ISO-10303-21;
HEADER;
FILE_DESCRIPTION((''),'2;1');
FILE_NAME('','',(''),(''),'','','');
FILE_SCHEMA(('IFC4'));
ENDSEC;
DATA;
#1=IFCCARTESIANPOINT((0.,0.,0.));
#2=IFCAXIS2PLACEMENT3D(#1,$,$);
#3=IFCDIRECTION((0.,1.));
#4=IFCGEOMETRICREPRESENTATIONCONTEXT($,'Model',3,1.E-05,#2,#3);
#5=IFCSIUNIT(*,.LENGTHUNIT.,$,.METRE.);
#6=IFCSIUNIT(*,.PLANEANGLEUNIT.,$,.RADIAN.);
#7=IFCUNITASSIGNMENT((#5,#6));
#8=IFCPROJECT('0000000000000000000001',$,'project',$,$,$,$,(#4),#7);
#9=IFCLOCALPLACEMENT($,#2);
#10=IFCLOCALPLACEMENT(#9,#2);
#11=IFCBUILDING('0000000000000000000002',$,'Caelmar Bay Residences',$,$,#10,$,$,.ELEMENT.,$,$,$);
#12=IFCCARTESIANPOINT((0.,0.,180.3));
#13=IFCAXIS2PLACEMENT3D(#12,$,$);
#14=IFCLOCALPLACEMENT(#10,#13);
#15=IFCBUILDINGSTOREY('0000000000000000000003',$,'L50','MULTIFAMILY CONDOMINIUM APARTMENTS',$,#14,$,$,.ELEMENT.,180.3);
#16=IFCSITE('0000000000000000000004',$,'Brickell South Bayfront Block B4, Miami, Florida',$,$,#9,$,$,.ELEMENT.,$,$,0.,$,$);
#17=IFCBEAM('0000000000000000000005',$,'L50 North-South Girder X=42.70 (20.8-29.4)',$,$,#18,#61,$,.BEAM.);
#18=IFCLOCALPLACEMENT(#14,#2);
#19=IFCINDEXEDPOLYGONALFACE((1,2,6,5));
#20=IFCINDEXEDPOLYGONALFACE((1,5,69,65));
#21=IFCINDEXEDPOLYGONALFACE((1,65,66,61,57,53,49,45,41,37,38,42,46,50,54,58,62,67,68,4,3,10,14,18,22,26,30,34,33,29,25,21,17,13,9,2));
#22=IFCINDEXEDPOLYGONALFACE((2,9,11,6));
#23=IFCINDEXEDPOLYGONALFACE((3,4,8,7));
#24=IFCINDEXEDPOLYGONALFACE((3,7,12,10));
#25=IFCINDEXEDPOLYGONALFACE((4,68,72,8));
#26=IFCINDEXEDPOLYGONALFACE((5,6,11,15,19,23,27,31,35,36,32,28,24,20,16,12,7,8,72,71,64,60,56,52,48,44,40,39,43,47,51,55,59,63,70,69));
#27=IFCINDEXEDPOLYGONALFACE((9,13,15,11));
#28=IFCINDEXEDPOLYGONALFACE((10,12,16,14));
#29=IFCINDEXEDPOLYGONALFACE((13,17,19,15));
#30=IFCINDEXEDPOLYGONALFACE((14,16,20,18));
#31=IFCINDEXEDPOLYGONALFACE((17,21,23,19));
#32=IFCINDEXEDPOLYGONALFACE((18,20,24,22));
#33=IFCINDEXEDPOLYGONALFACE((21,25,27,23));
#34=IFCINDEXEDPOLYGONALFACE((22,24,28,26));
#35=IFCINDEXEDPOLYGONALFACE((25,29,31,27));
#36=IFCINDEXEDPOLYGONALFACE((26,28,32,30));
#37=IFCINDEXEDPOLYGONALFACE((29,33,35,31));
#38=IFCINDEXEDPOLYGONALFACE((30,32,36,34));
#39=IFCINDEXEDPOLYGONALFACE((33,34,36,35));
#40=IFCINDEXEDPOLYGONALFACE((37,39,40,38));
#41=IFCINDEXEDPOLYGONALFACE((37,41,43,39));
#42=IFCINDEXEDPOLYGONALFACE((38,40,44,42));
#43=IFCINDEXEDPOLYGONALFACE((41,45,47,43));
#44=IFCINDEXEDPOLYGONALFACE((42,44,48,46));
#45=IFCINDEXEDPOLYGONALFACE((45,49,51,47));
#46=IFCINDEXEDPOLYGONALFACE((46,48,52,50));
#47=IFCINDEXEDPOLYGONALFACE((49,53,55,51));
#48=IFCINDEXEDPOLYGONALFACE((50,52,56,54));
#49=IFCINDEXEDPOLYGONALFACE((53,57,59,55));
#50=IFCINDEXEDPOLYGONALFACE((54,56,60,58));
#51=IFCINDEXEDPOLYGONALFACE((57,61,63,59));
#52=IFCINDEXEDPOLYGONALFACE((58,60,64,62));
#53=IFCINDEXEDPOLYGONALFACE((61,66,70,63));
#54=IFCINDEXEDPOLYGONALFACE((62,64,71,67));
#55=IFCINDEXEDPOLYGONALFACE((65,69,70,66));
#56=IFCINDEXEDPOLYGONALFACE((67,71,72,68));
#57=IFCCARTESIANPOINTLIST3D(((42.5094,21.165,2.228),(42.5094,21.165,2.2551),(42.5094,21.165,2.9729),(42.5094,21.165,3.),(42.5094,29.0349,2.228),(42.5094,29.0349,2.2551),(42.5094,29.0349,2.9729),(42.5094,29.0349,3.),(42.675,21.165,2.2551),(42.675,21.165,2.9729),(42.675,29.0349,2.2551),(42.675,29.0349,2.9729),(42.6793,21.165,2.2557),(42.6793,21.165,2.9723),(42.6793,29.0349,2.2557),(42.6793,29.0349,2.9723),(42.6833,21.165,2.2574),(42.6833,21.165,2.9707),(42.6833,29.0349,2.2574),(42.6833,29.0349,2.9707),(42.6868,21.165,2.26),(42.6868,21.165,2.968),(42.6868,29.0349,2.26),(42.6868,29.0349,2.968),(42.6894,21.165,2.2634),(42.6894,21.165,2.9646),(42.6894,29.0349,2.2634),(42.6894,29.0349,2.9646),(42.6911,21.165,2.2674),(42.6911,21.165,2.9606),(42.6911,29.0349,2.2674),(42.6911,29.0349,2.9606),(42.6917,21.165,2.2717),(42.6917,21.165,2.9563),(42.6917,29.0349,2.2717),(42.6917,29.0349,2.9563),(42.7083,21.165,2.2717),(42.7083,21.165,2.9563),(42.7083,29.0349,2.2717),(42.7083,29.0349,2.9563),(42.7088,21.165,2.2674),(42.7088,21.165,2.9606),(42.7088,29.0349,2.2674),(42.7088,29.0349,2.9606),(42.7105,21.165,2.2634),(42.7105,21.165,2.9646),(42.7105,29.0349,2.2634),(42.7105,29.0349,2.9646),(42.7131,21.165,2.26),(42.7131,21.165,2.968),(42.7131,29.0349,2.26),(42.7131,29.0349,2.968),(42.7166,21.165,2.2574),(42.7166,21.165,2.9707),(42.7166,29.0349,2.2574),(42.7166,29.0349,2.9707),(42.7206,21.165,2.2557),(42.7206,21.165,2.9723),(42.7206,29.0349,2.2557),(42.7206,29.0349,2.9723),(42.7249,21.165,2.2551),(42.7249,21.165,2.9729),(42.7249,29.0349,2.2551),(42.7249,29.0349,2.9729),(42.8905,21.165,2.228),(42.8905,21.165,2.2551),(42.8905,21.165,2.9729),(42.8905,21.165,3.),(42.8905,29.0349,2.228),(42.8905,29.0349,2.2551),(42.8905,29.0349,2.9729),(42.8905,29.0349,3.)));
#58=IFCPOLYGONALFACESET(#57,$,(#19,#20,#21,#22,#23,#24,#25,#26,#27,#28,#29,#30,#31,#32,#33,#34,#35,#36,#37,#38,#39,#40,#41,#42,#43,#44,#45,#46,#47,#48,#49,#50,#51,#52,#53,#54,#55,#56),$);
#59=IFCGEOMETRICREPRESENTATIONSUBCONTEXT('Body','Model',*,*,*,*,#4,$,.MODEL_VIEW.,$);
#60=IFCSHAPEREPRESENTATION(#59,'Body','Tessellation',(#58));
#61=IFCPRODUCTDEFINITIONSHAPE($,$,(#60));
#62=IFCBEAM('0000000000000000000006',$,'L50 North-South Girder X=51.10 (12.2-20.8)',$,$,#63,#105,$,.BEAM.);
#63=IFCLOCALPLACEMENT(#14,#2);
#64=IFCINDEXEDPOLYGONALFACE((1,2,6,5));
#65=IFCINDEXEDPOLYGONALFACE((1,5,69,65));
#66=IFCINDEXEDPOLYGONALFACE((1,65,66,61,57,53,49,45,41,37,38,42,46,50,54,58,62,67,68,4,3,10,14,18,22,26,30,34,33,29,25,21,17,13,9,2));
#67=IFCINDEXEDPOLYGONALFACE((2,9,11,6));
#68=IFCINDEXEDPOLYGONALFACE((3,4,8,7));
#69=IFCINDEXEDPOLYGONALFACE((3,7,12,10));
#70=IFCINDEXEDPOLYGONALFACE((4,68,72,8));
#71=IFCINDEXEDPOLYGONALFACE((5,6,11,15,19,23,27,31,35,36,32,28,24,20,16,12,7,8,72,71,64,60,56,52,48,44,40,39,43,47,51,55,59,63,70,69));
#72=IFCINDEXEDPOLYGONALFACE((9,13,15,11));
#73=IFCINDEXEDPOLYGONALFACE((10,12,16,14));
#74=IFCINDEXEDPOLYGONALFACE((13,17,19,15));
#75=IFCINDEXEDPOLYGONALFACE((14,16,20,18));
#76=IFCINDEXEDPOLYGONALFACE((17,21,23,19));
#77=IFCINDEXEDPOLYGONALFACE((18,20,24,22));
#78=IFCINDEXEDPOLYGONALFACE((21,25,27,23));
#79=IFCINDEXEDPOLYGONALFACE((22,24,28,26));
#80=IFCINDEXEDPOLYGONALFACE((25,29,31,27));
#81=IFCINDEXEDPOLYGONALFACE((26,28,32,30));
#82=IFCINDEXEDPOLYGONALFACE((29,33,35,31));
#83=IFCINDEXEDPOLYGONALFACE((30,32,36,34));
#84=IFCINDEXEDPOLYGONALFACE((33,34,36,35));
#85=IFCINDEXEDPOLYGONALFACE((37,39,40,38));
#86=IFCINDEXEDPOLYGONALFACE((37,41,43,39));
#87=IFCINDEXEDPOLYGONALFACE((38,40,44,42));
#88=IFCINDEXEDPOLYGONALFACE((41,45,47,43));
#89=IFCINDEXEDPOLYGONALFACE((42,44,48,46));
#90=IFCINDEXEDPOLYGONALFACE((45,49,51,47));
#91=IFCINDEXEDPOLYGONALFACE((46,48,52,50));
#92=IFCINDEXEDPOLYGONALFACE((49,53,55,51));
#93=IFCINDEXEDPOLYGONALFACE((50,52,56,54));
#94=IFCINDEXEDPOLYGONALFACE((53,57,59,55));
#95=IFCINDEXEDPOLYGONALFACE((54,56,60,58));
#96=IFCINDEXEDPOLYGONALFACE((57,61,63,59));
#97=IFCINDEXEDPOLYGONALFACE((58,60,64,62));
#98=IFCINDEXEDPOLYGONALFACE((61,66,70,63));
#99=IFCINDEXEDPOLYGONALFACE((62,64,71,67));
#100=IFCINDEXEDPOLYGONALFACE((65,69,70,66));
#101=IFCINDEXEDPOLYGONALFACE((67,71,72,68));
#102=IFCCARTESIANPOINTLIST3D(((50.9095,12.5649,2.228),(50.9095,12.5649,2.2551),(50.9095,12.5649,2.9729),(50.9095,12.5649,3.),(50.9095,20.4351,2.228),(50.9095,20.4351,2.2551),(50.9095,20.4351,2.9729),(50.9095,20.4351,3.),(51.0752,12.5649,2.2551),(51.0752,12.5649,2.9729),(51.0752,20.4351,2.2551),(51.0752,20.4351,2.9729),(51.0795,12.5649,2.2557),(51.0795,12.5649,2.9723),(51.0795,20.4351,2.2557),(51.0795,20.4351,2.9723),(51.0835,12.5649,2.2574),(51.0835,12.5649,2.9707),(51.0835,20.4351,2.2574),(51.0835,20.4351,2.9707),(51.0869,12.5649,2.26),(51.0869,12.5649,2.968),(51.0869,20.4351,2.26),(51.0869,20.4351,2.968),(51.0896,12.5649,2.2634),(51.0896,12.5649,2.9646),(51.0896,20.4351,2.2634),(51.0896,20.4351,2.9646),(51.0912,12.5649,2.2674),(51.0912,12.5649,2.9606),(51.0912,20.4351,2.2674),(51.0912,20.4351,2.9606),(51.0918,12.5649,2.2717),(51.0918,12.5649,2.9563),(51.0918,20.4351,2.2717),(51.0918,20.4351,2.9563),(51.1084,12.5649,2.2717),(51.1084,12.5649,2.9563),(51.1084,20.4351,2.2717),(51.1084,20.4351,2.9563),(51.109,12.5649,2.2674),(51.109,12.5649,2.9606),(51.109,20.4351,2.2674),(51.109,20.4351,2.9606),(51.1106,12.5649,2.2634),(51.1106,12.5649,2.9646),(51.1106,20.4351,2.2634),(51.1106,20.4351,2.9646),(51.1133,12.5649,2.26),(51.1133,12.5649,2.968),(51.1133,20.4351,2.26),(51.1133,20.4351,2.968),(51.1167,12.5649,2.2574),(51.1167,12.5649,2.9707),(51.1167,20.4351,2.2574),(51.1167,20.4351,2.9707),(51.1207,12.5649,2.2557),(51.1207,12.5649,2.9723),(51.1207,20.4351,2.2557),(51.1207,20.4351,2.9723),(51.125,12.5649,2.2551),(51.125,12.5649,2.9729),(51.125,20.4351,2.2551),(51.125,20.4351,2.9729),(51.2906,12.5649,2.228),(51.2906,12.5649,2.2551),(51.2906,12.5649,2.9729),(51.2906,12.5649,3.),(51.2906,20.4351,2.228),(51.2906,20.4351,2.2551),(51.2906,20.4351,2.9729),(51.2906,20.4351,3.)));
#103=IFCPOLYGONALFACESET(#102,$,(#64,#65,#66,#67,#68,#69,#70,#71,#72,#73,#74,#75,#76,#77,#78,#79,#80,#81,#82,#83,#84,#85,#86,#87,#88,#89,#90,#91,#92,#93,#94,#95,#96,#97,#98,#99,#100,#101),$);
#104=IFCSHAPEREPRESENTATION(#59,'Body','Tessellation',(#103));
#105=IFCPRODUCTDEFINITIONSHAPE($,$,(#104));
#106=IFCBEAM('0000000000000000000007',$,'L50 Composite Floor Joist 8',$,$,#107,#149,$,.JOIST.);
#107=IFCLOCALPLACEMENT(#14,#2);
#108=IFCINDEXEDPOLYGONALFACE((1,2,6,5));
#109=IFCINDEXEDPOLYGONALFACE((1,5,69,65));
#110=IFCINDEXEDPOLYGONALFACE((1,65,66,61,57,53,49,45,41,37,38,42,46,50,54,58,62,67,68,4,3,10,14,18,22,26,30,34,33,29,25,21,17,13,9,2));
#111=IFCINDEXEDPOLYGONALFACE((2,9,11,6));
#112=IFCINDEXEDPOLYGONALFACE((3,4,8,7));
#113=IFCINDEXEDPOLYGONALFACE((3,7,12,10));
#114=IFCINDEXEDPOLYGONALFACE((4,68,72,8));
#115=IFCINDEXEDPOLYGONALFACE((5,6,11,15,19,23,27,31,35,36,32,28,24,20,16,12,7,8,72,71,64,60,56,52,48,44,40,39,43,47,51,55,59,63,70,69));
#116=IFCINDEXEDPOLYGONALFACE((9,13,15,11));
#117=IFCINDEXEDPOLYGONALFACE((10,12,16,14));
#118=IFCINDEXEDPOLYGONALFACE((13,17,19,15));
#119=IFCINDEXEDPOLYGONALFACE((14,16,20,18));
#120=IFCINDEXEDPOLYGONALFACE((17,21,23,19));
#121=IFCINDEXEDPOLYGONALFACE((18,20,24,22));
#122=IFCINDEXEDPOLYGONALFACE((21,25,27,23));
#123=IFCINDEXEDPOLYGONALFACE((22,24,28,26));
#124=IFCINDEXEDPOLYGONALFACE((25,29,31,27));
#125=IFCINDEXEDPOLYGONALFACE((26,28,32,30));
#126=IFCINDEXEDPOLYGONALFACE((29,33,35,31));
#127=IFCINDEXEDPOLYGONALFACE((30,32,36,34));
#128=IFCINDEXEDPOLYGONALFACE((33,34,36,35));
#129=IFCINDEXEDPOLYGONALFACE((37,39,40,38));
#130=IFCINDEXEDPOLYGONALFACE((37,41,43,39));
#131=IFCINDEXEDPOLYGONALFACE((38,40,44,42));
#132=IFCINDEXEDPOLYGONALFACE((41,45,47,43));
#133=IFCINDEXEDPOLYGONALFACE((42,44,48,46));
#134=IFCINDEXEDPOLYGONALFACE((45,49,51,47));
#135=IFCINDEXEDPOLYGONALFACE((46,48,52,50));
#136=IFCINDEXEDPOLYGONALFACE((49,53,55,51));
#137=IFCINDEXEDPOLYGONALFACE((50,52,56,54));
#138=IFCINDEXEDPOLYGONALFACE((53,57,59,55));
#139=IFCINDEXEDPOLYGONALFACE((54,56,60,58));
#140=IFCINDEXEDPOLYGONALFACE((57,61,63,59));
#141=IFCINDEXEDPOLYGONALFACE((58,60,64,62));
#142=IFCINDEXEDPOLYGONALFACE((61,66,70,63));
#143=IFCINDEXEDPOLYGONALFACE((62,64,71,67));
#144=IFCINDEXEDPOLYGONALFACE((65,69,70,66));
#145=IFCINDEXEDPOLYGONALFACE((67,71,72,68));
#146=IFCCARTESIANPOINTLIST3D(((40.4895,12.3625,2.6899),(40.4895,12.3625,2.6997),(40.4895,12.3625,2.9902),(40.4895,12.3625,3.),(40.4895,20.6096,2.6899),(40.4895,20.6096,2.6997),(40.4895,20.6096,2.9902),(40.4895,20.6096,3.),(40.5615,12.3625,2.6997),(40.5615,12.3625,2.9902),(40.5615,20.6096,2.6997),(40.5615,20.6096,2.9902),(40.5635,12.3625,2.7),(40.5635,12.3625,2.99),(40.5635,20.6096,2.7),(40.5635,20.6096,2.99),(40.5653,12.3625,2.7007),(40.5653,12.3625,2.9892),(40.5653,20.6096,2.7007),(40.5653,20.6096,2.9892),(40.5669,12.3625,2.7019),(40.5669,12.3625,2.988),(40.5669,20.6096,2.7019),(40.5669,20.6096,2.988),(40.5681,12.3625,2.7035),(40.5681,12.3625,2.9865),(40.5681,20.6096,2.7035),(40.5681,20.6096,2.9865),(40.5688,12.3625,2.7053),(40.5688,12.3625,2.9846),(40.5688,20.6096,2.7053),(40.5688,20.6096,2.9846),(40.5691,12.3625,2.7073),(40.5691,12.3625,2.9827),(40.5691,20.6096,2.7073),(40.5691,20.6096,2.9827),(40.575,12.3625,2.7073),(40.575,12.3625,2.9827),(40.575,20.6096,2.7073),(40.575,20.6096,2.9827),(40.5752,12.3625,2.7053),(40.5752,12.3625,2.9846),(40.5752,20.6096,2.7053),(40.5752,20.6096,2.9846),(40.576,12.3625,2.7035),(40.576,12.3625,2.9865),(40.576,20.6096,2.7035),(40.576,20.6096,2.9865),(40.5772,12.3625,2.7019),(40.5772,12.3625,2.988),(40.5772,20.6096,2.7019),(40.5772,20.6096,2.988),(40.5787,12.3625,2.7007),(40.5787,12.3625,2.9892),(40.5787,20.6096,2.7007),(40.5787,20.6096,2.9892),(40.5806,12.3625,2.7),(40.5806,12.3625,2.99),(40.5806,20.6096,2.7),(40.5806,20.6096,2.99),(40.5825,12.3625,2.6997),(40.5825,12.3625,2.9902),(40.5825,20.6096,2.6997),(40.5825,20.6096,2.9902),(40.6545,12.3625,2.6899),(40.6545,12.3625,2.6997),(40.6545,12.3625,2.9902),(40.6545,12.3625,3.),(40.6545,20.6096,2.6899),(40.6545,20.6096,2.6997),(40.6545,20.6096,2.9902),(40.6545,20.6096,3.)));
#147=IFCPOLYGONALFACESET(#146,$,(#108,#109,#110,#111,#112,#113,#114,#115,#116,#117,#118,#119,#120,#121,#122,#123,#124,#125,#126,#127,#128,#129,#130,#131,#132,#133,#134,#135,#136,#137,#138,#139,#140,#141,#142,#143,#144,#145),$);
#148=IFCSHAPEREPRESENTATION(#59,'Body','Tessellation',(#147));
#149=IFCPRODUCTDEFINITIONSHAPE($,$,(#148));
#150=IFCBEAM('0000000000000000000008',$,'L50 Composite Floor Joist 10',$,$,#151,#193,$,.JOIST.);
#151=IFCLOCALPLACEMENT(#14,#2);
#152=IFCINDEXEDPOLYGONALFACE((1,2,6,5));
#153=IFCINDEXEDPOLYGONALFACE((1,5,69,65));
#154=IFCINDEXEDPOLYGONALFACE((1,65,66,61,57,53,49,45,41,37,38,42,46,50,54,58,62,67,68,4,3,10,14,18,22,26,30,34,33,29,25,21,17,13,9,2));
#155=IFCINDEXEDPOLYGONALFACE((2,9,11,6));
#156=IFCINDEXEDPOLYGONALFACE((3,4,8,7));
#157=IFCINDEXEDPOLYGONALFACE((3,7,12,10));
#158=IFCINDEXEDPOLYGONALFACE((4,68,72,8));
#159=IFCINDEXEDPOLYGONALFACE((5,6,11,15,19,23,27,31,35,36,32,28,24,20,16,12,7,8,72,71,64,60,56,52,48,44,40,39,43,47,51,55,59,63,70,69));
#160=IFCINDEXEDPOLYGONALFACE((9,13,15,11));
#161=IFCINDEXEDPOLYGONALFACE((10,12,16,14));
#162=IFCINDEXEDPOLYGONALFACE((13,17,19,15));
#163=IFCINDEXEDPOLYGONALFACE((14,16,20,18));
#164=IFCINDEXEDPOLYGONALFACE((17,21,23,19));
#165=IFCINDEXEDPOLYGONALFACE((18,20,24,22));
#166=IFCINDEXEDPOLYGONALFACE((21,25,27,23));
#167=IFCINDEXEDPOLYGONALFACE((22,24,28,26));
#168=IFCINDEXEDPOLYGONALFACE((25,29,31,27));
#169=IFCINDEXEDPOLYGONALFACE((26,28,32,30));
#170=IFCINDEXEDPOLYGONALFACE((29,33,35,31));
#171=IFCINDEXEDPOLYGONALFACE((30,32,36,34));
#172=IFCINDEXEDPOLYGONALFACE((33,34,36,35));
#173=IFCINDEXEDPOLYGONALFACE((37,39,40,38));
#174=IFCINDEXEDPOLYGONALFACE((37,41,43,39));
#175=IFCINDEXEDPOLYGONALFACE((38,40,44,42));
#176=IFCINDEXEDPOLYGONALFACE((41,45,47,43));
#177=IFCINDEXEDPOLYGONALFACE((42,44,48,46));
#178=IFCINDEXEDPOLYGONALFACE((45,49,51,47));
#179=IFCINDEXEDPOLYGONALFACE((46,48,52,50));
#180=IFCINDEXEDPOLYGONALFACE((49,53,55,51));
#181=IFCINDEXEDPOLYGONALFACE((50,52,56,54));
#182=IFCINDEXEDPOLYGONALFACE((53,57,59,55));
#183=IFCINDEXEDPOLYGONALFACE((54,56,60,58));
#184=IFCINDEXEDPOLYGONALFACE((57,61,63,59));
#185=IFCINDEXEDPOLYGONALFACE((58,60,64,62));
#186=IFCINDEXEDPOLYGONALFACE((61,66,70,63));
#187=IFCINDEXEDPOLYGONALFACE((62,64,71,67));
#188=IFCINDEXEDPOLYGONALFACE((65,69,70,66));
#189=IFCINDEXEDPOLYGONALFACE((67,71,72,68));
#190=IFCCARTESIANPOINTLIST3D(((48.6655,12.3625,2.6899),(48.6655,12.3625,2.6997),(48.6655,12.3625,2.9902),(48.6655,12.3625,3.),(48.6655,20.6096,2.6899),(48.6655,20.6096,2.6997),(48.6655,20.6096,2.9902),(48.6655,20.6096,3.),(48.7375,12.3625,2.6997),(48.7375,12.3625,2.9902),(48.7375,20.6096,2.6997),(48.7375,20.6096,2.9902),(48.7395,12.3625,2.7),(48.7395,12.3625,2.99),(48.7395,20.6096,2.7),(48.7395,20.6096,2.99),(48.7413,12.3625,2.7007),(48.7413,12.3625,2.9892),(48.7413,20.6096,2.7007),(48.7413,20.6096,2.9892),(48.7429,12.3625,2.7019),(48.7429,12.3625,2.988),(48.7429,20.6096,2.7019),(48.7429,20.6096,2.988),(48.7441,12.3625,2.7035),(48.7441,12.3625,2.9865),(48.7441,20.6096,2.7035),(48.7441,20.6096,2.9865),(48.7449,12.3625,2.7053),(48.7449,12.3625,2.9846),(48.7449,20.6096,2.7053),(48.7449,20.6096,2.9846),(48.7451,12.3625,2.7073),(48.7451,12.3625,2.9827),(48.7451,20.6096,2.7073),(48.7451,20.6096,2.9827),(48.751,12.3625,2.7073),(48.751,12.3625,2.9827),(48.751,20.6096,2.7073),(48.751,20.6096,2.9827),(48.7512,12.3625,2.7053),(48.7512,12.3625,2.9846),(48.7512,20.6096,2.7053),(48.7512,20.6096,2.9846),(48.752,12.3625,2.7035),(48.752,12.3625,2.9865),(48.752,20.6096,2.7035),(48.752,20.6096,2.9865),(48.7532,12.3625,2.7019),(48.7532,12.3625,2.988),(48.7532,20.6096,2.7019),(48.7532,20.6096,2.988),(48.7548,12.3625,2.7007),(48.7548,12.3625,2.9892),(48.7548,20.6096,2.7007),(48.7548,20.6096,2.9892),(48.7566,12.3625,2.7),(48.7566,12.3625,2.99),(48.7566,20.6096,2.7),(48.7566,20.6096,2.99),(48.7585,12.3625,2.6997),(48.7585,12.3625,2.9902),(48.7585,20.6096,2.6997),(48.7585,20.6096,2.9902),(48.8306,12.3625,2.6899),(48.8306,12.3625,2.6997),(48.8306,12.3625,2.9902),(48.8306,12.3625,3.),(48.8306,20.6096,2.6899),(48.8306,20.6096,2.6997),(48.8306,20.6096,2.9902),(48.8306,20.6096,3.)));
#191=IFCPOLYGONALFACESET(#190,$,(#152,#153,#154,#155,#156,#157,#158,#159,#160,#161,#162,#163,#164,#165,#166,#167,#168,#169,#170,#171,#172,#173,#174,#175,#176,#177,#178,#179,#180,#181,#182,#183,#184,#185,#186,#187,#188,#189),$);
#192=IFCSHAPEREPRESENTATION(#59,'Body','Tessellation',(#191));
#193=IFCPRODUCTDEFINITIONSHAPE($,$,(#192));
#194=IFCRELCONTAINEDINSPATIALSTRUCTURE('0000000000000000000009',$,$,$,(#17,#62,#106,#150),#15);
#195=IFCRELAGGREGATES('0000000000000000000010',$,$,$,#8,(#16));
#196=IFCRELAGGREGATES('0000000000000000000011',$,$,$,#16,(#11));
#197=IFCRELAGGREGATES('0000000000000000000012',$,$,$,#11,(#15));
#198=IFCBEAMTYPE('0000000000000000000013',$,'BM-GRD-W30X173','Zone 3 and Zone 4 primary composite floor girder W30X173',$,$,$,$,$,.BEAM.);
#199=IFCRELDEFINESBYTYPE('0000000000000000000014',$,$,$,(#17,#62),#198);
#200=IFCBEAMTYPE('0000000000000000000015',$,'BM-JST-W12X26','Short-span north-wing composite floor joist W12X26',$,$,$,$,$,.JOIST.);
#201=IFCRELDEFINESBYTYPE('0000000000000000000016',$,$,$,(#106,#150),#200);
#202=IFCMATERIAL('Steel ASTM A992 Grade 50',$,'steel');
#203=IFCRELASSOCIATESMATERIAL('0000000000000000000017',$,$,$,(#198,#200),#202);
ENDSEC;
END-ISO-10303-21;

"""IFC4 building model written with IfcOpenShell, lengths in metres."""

from ifc_helpers import new_model, si_unit, direction, frame, origin, origin_2d, place, context, subcontext, project, spatial, i_section, extrude, material, material_profile, profile_set, type_object, element, save


model = new_model("IFC4")

# Units and contexts
model_context = context("Model", 3, precision=1e-05, world=origin(), true_north=direction((0.0, 1.0)))
body_context = subcontext(model_context, "Body", "Model", "MODEL_VIEW")
ifc_project = project(units=[si_unit("LENGTHUNIT", "METRE"), si_unit("PLANEANGLEUNIT", "RADIAN")], contexts=[model_context])

# Site, building, storey
site_placement = place(None, origin())
site = spatial("IfcSite", under=ifc_project, at=site_placement, Name="Brickell South Bayfront Block B4, Miami, Florida", CompositionType="ELEMENT", RefElevation=0.0)
building_placement = place(site_placement, origin())
building = spatial("IfcBuilding", under=site, at=building_placement, Name="Caelmar Bay Residences", CompositionType="ELEMENT")
storey_placement = place(building_placement, frame((0.0, 0.0, 180.3)))
storey = spatial("IfcBuildingStorey", under=building, at=storey_placement, Name="L50", Description="MULTIFAMILY CONDOMINIUM APARTMENTS", CompositionType="ELEMENT", Elevation=180.3)

# Beams
ifc_material_1 = material(Name="Steel ASTM A992 Grade 50", Category="steel")
ifc_material_profile_1 = material_profile(ifc_material_1, i_section(OverallWidth=0.3811, OverallDepth=0.772, WebThickness=0.0166, FlangeThickness=0.0271, FilletRadius=0.0166, at=origin_2d()), Name="W30X173")
ifc_profile_set_1 = profile_set([ifc_material_profile_1], Name="Steel ASTM A992 Grade 50")
beam_type_1 = type_object("IfcBeamType", Name="BM-GRD-W30X173", Description="Zone 3 and Zone 4 primary composite floor girder W30X173", PredefinedType="BEAM", material=ifc_profile_set_1)
beam_1_placement = place(storey_placement, frame((42.7, 21.165, 2.614), z_axis=(0.0, 1.0, 0.0), x_axis=(-1.0, 0.0, 0.0)))
element("IfcBeam", 1, at=beam_1_placement, inside=storey, type_object=beam_type_1, Name="L50 North-South Girder X=42.70 (20.8-29.4)", PredefinedType="BEAM", context=body_context, shape_type="SweptSolid", body=[
    extrude(i_section(OverallWidth=0.3811, OverallDepth=0.772, WebThickness=0.0166, FlangeThickness=0.0271, FilletRadius=0.0166, at=origin_2d()), origin(), (0.0, 0.0, 1.0), 7.8699),
])
beam_2_placement = place(storey_placement, frame((51.1001, 12.5649, 2.614), z_axis=(0.0, 1.0, 0.0), x_axis=(-1.0, 0.0, 0.0)))
element("IfcBeam", 2, at=beam_2_placement, inside=storey, type_object=beam_type_1, Name="L50 North-South Girder X=51.10 (12.2-20.8)", PredefinedType="BEAM", context=body_context, shape_type="SweptSolid", body=[
    extrude(i_section(OverallWidth=0.3811, OverallDepth=0.772, WebThickness=0.0166, FlangeThickness=0.0271, FilletRadius=0.0166, at=origin_2d()), origin(), (0.0, 0.0, 1.0), 7.8701),
])
ifc_material_profile_2 = material_profile(ifc_material_1, i_section(OverallWidth=0.165, OverallDepth=0.3101, WebThickness=0.0059, FlangeThickness=0.0098, FilletRadius=0.0076, at=origin_2d()), Name="W12X26")
ifc_profile_set_2 = profile_set([ifc_material_profile_2], Name="Steel ASTM A992 Grade 50")
beam_type_2 = type_object("IfcBeamType", Name="BM-JST-W12X26", Description="Short-span north-wing composite floor joist W12X26", PredefinedType="JOIST", material=ifc_profile_set_2)
for number, where, z_axis, x_axis, name in (
    (3, (40.572, 12.3625, 2.845), (0.0, 1.0, 0.0), (-1.0, 0.0, 0.0), "L50 Composite Floor Joist 8"),
    (4, (48.748, 12.3625, 2.845), (0.0, 1.0, 0.0), (-1.0, 0.0, 0.0), "L50 Composite Floor Joist 10"),
):
    element("IfcBeam", number, at=place(storey_placement, frame(where, z_axis=z_axis, x_axis=x_axis)), inside=storey, type_object=beam_type_2, Name=name, PredefinedType="JOIST", context=body_context, shape_type="SweptSolid", body=[
        extrude(i_section(OverallWidth=0.165, OverallDepth=0.3101, WebThickness=0.0059, FlangeThickness=0.0098, FilletRadius=0.0076, at=origin_2d()), origin(), (0.0, 0.0, 1.0), 8.2471),
    ])

save(model, "model.ifc")
